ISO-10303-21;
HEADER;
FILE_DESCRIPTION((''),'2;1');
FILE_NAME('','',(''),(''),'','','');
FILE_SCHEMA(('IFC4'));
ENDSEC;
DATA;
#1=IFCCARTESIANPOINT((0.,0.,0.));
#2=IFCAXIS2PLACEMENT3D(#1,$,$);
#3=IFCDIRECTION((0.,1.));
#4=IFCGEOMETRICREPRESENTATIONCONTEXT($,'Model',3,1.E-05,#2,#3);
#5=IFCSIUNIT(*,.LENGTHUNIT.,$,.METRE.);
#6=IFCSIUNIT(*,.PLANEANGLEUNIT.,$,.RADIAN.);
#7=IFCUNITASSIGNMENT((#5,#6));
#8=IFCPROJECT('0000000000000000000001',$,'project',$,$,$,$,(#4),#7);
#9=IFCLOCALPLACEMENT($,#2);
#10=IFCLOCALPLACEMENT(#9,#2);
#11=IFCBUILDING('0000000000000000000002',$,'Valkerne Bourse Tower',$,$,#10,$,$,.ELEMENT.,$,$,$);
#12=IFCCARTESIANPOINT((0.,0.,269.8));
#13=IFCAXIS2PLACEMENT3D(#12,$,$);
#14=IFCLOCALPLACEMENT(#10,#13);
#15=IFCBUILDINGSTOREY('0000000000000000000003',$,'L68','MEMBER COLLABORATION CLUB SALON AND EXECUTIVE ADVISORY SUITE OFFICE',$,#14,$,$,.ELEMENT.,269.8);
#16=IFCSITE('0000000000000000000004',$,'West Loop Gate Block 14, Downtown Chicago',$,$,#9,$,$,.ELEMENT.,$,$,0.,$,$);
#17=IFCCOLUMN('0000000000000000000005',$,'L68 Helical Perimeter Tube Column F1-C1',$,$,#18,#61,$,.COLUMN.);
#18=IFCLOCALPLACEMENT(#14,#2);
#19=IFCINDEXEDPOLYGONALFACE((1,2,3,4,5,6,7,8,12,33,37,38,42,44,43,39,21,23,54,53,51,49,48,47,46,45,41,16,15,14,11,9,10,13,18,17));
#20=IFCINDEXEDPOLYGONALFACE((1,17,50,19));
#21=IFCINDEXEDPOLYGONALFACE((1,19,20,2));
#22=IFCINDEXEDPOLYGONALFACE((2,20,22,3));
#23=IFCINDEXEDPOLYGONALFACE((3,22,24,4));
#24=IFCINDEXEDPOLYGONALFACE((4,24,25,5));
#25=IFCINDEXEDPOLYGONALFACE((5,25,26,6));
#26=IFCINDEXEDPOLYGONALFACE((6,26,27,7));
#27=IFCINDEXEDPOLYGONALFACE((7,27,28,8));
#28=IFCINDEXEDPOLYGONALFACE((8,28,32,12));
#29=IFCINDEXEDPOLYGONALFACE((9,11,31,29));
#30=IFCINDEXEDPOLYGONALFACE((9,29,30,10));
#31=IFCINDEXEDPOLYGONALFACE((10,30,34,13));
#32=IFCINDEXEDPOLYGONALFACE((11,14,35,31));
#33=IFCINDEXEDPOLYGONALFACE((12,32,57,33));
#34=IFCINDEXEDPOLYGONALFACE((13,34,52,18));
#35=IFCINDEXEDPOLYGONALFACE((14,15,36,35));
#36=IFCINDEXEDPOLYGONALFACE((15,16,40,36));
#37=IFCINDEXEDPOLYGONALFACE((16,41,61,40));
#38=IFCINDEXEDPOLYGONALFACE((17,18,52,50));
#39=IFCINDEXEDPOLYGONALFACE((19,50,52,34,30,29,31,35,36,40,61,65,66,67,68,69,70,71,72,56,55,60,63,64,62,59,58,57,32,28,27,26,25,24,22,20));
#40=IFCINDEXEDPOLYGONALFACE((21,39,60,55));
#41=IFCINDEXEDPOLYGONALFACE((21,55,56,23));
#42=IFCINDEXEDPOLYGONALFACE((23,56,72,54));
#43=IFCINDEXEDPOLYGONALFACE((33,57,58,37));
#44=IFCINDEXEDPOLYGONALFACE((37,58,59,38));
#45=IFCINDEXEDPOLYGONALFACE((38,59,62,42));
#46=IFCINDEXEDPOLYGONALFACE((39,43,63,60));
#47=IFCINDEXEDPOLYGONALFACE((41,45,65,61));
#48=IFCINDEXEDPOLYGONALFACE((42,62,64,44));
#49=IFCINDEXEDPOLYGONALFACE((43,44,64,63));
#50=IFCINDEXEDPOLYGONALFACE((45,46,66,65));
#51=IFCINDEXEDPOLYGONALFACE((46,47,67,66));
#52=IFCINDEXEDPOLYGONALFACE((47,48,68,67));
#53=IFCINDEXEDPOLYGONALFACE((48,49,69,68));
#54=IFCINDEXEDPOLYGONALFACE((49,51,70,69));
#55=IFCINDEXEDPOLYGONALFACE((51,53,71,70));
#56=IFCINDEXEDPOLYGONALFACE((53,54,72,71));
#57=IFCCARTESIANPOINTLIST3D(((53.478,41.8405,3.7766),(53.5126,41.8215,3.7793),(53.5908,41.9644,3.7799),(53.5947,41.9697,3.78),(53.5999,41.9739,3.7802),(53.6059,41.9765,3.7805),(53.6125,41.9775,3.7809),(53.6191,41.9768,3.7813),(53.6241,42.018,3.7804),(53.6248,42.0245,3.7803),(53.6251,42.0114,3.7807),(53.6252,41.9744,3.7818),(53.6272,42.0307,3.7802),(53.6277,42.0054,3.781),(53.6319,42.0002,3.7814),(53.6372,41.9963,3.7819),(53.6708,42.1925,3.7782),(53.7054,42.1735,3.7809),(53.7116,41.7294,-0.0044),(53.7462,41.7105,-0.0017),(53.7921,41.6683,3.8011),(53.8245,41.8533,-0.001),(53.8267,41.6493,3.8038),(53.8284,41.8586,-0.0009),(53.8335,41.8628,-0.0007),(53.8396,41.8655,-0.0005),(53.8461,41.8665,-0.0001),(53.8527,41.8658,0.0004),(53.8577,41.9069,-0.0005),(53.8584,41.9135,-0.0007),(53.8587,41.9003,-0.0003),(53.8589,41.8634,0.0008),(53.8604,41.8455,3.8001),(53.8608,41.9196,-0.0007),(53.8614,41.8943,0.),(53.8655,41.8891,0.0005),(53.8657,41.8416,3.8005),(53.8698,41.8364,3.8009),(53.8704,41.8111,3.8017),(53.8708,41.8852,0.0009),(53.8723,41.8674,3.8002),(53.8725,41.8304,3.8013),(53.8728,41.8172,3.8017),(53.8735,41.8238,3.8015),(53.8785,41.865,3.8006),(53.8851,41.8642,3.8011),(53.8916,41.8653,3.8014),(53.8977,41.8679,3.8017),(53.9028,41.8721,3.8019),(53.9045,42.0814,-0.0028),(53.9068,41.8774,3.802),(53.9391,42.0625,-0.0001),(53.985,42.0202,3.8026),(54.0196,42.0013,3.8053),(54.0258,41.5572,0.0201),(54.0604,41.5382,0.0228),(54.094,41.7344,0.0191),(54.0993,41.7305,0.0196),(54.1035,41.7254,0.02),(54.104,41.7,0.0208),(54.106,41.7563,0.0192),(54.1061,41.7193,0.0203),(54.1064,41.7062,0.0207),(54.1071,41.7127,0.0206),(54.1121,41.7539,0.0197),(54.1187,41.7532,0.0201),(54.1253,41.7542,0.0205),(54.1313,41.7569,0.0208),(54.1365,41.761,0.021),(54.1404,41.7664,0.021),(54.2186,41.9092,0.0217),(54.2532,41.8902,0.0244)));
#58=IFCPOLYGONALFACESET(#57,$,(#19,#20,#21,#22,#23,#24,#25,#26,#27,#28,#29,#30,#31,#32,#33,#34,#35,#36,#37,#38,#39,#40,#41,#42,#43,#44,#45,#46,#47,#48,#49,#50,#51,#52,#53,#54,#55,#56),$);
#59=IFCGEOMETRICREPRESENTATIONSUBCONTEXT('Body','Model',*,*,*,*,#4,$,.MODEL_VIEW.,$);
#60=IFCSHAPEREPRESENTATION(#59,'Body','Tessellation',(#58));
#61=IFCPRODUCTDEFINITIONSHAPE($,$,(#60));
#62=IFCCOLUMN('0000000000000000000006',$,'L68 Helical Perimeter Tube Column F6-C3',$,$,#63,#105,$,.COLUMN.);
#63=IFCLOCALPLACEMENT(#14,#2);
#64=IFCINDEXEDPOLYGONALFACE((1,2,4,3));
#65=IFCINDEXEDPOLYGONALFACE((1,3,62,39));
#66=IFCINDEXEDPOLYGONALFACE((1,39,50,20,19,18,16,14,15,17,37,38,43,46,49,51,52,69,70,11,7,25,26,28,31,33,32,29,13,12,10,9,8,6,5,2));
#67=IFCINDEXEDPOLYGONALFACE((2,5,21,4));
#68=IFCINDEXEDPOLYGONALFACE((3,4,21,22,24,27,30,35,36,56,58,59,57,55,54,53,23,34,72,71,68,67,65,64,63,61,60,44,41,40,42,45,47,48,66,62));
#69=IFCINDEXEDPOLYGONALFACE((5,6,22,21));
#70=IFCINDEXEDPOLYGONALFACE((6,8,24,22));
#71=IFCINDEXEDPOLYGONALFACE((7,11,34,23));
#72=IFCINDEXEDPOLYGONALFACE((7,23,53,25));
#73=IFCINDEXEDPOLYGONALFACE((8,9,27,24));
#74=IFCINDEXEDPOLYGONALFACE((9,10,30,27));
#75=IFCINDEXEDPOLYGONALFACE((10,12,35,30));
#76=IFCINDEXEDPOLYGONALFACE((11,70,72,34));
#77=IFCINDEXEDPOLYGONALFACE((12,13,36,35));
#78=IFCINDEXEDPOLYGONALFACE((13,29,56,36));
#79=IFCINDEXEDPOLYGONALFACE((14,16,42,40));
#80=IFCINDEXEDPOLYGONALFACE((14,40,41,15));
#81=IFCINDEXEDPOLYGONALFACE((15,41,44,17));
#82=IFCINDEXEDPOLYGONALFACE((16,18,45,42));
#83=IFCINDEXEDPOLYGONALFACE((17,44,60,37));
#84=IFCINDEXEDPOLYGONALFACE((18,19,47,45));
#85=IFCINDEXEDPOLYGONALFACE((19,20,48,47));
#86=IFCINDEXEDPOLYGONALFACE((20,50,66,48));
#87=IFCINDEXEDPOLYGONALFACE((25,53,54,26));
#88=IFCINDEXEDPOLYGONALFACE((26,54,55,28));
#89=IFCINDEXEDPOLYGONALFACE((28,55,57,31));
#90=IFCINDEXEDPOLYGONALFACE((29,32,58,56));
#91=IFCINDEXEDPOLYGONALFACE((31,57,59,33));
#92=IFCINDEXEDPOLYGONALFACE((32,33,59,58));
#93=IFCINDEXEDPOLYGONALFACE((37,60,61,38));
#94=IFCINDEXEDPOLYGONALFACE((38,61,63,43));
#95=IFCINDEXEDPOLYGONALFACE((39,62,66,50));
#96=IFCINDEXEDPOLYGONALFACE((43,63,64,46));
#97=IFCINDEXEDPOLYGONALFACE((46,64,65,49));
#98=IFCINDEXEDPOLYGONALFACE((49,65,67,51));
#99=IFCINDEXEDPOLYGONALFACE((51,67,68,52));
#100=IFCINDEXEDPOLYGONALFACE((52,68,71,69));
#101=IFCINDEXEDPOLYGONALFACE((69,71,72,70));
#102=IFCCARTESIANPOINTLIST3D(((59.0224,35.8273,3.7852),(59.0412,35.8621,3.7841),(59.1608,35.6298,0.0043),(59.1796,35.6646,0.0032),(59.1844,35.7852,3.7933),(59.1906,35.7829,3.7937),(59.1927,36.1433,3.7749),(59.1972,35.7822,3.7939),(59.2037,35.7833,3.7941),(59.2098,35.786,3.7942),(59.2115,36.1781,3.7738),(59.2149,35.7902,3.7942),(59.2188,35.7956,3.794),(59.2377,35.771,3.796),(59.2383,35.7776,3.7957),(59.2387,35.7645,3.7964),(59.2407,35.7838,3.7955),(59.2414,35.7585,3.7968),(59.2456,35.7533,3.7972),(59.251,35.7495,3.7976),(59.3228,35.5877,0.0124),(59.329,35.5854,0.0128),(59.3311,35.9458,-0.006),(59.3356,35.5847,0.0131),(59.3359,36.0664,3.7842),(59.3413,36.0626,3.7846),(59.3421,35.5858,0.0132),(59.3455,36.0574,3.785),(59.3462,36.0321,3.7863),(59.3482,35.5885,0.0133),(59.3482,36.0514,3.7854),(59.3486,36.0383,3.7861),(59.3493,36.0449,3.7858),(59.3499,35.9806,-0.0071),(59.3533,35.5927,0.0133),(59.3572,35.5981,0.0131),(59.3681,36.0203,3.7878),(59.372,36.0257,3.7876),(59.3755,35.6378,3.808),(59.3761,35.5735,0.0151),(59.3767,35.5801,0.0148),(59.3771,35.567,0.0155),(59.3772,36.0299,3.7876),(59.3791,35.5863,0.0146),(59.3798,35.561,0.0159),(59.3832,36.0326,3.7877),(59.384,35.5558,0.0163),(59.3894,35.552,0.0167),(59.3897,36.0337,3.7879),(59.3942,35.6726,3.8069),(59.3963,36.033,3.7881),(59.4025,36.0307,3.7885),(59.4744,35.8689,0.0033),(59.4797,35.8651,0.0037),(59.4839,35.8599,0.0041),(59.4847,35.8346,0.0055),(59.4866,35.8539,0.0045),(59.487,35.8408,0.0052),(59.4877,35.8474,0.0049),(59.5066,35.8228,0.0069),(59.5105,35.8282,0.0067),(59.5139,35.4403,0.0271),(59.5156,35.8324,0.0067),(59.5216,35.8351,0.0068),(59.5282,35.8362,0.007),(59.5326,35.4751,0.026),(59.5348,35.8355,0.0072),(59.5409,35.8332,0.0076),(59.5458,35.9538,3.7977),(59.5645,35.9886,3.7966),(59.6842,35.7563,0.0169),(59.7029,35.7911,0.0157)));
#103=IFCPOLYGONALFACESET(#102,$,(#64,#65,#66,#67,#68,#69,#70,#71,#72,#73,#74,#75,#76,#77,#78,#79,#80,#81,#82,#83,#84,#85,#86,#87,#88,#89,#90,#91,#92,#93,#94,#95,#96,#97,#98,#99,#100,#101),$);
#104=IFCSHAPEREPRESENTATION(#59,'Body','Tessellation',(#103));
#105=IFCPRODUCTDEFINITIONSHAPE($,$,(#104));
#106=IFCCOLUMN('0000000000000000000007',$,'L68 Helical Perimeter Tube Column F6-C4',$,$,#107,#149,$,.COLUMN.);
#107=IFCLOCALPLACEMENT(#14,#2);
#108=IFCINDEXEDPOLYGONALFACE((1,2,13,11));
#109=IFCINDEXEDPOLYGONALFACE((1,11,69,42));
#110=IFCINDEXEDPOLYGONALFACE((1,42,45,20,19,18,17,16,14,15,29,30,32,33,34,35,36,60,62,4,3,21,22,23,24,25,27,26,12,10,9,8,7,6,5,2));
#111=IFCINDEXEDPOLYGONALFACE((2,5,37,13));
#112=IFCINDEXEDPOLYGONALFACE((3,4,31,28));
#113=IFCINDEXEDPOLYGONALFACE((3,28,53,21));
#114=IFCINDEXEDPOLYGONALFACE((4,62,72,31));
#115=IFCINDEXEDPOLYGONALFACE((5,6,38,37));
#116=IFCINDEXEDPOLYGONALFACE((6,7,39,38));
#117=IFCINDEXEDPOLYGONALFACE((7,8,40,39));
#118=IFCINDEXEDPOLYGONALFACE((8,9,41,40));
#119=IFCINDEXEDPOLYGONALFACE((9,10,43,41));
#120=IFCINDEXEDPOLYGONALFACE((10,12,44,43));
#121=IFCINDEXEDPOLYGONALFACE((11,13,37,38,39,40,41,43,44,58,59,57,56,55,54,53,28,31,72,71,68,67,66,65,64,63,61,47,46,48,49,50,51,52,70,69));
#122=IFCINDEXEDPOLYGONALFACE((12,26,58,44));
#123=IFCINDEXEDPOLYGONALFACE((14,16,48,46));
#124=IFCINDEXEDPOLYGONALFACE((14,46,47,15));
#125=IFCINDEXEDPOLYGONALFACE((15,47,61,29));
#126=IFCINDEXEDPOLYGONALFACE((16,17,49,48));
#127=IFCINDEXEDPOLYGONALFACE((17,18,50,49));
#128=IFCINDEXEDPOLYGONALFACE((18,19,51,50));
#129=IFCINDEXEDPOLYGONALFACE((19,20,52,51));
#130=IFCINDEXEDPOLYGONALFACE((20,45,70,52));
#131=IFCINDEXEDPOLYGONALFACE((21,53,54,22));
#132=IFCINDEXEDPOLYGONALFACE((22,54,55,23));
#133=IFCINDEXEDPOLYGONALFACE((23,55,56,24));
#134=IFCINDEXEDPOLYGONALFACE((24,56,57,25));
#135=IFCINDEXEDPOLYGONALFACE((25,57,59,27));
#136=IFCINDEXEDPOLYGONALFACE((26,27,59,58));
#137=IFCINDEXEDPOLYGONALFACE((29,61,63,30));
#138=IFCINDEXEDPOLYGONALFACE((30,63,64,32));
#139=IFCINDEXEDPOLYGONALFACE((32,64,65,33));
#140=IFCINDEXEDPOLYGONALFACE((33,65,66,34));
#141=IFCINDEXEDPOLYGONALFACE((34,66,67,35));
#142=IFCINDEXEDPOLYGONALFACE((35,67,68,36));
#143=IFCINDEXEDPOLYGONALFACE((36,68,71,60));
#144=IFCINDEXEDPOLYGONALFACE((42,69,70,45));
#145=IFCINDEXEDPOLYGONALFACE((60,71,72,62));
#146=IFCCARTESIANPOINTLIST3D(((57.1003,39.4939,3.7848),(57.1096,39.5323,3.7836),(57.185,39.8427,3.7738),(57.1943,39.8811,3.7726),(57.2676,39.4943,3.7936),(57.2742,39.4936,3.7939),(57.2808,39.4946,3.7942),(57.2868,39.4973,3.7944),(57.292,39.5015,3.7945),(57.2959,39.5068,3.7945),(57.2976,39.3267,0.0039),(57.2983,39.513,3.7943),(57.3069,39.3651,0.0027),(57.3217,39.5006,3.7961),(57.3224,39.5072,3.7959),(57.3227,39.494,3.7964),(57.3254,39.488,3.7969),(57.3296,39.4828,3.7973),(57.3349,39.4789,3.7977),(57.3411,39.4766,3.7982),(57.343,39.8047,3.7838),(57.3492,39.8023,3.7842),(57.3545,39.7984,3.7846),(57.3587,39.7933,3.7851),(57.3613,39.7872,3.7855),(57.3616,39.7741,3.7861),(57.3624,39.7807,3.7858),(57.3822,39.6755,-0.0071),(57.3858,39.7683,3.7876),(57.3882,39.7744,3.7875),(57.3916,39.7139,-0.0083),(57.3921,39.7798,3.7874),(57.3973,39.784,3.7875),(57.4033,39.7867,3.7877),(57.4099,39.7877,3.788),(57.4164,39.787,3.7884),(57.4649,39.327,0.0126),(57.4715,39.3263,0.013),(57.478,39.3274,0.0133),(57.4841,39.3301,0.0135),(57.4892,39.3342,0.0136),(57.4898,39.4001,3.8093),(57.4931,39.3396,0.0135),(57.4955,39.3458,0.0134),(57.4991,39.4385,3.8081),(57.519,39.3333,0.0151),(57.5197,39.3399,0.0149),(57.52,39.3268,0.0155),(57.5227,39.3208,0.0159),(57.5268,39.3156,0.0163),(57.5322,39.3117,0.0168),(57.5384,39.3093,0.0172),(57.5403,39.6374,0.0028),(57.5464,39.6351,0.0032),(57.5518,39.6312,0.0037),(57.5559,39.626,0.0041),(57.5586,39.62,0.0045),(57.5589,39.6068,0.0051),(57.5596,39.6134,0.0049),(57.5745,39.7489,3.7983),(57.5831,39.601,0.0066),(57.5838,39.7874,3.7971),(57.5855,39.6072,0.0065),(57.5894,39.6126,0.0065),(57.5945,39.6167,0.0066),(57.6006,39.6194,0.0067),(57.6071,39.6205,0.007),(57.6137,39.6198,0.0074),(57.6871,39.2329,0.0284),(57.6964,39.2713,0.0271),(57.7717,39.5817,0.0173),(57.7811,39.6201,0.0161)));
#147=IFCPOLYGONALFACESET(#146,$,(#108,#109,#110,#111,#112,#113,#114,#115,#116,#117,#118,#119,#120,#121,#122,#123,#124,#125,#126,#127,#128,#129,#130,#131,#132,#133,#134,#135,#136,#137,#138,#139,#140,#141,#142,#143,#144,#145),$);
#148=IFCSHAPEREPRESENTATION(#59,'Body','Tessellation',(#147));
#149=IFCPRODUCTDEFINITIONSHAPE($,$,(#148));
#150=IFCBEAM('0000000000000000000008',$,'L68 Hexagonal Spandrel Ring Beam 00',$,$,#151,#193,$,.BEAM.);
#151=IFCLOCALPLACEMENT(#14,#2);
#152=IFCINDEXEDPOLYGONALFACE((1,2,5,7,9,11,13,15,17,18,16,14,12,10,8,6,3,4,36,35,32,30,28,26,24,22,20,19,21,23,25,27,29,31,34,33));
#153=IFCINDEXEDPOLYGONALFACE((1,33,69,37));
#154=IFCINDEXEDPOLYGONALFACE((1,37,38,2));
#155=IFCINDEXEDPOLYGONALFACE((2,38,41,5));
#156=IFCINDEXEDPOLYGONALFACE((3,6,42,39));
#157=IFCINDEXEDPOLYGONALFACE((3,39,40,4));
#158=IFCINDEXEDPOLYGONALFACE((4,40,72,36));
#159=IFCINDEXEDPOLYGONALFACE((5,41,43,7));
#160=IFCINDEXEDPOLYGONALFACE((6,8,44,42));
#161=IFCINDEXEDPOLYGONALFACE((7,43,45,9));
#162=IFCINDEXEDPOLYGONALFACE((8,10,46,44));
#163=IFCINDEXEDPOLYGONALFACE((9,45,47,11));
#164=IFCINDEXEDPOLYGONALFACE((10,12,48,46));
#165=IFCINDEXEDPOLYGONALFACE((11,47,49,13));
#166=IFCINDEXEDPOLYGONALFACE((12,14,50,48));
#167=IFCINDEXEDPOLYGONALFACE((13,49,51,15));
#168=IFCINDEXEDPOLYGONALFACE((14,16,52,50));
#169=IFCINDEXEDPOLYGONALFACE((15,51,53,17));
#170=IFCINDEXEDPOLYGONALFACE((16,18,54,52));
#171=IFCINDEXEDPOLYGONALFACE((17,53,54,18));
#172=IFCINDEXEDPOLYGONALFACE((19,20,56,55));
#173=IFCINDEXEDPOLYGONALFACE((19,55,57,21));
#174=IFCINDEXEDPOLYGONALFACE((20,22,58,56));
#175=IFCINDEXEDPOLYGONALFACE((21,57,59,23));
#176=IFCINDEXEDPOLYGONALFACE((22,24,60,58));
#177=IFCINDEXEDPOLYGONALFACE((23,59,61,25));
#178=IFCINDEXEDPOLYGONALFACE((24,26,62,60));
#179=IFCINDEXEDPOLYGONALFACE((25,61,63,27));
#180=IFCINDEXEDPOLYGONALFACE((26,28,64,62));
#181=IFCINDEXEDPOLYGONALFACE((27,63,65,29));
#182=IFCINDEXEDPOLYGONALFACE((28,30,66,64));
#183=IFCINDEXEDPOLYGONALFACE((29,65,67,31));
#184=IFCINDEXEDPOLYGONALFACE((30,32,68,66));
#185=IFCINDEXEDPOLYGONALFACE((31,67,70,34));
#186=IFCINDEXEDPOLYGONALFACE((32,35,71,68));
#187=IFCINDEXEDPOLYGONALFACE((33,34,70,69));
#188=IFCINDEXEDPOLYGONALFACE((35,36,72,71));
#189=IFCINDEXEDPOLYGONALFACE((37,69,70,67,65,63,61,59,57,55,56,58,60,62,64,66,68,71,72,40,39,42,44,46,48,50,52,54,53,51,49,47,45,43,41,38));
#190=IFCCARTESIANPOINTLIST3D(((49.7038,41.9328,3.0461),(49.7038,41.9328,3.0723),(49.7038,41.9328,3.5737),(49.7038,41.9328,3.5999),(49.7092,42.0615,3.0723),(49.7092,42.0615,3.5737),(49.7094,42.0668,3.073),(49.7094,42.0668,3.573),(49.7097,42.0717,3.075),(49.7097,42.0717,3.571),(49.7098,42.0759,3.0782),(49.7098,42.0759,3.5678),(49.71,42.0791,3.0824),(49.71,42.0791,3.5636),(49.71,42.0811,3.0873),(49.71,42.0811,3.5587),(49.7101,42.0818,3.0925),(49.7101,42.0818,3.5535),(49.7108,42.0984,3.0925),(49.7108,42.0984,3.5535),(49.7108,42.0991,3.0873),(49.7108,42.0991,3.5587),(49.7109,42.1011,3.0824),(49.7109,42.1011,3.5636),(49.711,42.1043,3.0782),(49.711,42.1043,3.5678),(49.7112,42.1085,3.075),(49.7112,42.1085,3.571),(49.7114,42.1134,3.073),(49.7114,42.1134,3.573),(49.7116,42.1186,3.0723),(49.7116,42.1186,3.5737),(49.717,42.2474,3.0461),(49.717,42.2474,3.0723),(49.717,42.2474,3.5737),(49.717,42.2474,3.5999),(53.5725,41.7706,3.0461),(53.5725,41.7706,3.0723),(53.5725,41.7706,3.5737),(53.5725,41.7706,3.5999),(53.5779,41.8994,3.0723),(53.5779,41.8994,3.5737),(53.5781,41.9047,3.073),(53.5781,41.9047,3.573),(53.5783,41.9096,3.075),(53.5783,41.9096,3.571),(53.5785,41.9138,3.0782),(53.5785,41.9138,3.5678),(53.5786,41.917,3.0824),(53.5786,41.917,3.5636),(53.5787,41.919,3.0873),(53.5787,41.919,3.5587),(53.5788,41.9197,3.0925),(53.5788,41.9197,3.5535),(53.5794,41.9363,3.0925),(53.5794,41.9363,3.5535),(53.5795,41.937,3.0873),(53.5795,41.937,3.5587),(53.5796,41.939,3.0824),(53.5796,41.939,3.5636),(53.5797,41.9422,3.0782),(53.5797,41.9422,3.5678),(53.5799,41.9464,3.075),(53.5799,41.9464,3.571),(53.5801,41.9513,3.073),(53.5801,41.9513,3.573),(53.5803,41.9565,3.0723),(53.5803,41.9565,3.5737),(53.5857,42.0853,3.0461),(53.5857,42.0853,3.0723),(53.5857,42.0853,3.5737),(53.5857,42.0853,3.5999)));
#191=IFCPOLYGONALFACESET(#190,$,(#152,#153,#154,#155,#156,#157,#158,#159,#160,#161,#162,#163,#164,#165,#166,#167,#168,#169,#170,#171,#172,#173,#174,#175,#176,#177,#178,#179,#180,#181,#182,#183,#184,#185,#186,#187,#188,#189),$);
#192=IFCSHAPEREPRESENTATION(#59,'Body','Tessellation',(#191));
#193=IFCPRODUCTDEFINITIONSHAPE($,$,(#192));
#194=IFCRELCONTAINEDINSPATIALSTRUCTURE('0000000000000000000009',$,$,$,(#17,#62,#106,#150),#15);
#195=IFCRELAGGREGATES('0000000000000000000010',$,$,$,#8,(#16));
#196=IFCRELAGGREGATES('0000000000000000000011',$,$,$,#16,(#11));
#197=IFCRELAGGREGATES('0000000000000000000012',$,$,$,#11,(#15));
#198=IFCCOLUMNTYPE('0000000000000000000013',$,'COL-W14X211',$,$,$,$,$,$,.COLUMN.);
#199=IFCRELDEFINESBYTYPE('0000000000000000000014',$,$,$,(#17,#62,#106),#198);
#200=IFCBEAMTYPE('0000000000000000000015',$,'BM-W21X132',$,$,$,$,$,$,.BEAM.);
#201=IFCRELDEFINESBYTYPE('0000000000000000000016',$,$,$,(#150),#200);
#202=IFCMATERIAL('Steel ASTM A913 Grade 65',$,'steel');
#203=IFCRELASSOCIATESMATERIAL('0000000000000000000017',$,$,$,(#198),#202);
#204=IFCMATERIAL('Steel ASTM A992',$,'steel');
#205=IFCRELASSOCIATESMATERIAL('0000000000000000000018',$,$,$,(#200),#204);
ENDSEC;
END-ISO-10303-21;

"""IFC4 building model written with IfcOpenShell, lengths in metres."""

from ifc_helpers import new_model, si_unit, direction, frame, origin, origin_2d, place, context, subcontext, project, spatial, i_section, extrude, material, material_profile, profile_set, type_object, element, save


model = new_model("IFC4")

# Units and contexts
model_context = context("Model", 3, precision=1e-05, world=origin(), true_north=direction((0.0, 1.0)))
body_context = subcontext(model_context, "Body", "Model", "MODEL_VIEW")
ifc_project = project(units=[si_unit("LENGTHUNIT", "METRE"), si_unit("PLANEANGLEUNIT", "RADIAN")], contexts=[model_context])

# Site, building, storey
site_placement = place(None, origin())
site = spatial("IfcSite", under=ifc_project, at=site_placement, Name="West Loop Gate Block 14, Downtown Chicago", CompositionType="ELEMENT", RefElevation=0.0)
building_placement = place(site_placement, origin())
building = spatial("IfcBuilding", under=site, at=building_placement, Name="Valkerne Bourse Tower", CompositionType="ELEMENT")
storey_placement = place(building_placement, frame((0.0, 0.0, 269.8)))
storey = spatial("IfcBuildingStorey", under=building, at=storey_placement, Name="L68", Description="MEMBER COLLABORATION CLUB SALON AND EXECUTIVE ADVISORY SUITE OFFICE", CompositionType="ELEMENT", Elevation=269.8)

# Columns
ifc_material_1 = material(Name="Steel ASTM A913 Grade 65", Category="steel")
ifc_material_profile_1 = material_profile(ifc_material_1, i_section(OverallWidth=0.4014, OverallDepth=0.3987, WebThickness=0.0249, FlangeThickness=0.0396, FilletRadius=0.0254, at=origin_2d()), Name="W14X211")
ifc_profile_set_1 = profile_set([ifc_material_profile_1], Name="Steel ASTM A913 Grade 65")
column_type = type_object("IfcColumnType", Name="COL-W14X211", PredefinedType="COLUMN", material=ifc_profile_set_1)
column_1_placement = place(storey_placement, frame((53.9824, 41.8098, 0.01), z_axis=(-0.06165, 0.029311, 0.997667), x_axis=(0.480538, 0.876965, 0.003929)))
element("IfcColumn", 1, at=column_1_placement, inside=storey, type_object=column_type, Name="L68 Helical Perimeter Tube Column F1-C1", PredefinedType="COLUMN", context=body_context, shape_type="SweptSolid", body=[
    extrude(i_section(OverallWidth=0.4014, OverallDepth=0.3987, WebThickness=0.0249, FlangeThickness=0.0396, FilletRadius=0.0254, at=origin_2d()), origin(), (0.0, 0.0, 1.0), 3.7898),
])
column_2_placement = place(storey_placement, frame((59.4319, 35.7104, 0.01), z_axis=(-0.036537, 0.052131, 0.997972), x_axis=(0.879646, -0.472216, 0.056872)))
element("IfcColumn", 2, at=column_2_placement, inside=storey, type_object=column_type, Name="L68 Helical Perimeter Tube Column F6-C3", PredefinedType="COLUMN", context=body_context, shape_type="SweptSolid", body=[
    extrude(i_section(OverallWidth=0.4014, OverallDepth=0.3987, WebThickness=0.0249, FlangeThickness=0.0396, FilletRadius=0.0254, at=origin_2d()), origin(), (0.0, 0.0, 1.0), 3.7886),
])
column_3_placement = place(storey_placement, frame((57.5393, 39.4734, 0.01), z_axis=(-0.052051, 0.044128, 0.997669), x_axis=(0.970412, -0.233632, 0.060963)))
element("IfcColumn", 3, at=column_3_placement, inside=storey, type_object=column_type, Name="L68 Helical Perimeter Tube Column F6-C4", PredefinedType="COLUMN", context=body_context, shape_type="SweptSolid", body=[
    extrude(i_section(OverallWidth=0.4014, OverallDepth=0.3987, WebThickness=0.0249, FlangeThickness=0.0396, FilletRadius=0.0254, at=origin_2d()), origin(), (0.0, 0.0, 1.0), 3.7898),
])

# Beam
ifc_material_2 = material(Name="Steel ASTM A992", Category="steel")
ifc_material_profile_2 = material_profile(ifc_material_2, i_section(OverallWidth=0.3149, OverallDepth=0.5537, WebThickness=0.0166, FlangeThickness=0.0261, FilletRadius=0.0203, at=origin_2d()), Name="W21X132")
ifc_profile_set_2 = profile_set([ifc_material_profile_2], Name="Steel ASTM A992")
beam_type = type_object("IfcBeamType", Name="BM-W21X132", PredefinedType="BEAM", material=ifc_profile_set_2)
beam_1_placement = place(storey_placement, frame((53.5791, 41.928, 3.323), z_axis=(-0.999123, 0.041867, 0.0), x_axis=(-0.041867, -0.999123, 0.0)))
element("IfcBeam", 4, at=beam_1_placement, inside=storey, type_object=beam_type, Name="L68 Hexagonal Spandrel Ring Beam 00", PredefinedType="BEAM", context=body_context, shape_type="SweptSolid", body=[
    extrude(i_section(OverallWidth=0.3149, OverallDepth=0.5537, WebThickness=0.0166, FlangeThickness=0.0261, FilletRadius=0.0203, at=origin_2d()), origin(), (0.0, 0.0, 1.0), 3.8721),
])

save(model, "model.ifc")
